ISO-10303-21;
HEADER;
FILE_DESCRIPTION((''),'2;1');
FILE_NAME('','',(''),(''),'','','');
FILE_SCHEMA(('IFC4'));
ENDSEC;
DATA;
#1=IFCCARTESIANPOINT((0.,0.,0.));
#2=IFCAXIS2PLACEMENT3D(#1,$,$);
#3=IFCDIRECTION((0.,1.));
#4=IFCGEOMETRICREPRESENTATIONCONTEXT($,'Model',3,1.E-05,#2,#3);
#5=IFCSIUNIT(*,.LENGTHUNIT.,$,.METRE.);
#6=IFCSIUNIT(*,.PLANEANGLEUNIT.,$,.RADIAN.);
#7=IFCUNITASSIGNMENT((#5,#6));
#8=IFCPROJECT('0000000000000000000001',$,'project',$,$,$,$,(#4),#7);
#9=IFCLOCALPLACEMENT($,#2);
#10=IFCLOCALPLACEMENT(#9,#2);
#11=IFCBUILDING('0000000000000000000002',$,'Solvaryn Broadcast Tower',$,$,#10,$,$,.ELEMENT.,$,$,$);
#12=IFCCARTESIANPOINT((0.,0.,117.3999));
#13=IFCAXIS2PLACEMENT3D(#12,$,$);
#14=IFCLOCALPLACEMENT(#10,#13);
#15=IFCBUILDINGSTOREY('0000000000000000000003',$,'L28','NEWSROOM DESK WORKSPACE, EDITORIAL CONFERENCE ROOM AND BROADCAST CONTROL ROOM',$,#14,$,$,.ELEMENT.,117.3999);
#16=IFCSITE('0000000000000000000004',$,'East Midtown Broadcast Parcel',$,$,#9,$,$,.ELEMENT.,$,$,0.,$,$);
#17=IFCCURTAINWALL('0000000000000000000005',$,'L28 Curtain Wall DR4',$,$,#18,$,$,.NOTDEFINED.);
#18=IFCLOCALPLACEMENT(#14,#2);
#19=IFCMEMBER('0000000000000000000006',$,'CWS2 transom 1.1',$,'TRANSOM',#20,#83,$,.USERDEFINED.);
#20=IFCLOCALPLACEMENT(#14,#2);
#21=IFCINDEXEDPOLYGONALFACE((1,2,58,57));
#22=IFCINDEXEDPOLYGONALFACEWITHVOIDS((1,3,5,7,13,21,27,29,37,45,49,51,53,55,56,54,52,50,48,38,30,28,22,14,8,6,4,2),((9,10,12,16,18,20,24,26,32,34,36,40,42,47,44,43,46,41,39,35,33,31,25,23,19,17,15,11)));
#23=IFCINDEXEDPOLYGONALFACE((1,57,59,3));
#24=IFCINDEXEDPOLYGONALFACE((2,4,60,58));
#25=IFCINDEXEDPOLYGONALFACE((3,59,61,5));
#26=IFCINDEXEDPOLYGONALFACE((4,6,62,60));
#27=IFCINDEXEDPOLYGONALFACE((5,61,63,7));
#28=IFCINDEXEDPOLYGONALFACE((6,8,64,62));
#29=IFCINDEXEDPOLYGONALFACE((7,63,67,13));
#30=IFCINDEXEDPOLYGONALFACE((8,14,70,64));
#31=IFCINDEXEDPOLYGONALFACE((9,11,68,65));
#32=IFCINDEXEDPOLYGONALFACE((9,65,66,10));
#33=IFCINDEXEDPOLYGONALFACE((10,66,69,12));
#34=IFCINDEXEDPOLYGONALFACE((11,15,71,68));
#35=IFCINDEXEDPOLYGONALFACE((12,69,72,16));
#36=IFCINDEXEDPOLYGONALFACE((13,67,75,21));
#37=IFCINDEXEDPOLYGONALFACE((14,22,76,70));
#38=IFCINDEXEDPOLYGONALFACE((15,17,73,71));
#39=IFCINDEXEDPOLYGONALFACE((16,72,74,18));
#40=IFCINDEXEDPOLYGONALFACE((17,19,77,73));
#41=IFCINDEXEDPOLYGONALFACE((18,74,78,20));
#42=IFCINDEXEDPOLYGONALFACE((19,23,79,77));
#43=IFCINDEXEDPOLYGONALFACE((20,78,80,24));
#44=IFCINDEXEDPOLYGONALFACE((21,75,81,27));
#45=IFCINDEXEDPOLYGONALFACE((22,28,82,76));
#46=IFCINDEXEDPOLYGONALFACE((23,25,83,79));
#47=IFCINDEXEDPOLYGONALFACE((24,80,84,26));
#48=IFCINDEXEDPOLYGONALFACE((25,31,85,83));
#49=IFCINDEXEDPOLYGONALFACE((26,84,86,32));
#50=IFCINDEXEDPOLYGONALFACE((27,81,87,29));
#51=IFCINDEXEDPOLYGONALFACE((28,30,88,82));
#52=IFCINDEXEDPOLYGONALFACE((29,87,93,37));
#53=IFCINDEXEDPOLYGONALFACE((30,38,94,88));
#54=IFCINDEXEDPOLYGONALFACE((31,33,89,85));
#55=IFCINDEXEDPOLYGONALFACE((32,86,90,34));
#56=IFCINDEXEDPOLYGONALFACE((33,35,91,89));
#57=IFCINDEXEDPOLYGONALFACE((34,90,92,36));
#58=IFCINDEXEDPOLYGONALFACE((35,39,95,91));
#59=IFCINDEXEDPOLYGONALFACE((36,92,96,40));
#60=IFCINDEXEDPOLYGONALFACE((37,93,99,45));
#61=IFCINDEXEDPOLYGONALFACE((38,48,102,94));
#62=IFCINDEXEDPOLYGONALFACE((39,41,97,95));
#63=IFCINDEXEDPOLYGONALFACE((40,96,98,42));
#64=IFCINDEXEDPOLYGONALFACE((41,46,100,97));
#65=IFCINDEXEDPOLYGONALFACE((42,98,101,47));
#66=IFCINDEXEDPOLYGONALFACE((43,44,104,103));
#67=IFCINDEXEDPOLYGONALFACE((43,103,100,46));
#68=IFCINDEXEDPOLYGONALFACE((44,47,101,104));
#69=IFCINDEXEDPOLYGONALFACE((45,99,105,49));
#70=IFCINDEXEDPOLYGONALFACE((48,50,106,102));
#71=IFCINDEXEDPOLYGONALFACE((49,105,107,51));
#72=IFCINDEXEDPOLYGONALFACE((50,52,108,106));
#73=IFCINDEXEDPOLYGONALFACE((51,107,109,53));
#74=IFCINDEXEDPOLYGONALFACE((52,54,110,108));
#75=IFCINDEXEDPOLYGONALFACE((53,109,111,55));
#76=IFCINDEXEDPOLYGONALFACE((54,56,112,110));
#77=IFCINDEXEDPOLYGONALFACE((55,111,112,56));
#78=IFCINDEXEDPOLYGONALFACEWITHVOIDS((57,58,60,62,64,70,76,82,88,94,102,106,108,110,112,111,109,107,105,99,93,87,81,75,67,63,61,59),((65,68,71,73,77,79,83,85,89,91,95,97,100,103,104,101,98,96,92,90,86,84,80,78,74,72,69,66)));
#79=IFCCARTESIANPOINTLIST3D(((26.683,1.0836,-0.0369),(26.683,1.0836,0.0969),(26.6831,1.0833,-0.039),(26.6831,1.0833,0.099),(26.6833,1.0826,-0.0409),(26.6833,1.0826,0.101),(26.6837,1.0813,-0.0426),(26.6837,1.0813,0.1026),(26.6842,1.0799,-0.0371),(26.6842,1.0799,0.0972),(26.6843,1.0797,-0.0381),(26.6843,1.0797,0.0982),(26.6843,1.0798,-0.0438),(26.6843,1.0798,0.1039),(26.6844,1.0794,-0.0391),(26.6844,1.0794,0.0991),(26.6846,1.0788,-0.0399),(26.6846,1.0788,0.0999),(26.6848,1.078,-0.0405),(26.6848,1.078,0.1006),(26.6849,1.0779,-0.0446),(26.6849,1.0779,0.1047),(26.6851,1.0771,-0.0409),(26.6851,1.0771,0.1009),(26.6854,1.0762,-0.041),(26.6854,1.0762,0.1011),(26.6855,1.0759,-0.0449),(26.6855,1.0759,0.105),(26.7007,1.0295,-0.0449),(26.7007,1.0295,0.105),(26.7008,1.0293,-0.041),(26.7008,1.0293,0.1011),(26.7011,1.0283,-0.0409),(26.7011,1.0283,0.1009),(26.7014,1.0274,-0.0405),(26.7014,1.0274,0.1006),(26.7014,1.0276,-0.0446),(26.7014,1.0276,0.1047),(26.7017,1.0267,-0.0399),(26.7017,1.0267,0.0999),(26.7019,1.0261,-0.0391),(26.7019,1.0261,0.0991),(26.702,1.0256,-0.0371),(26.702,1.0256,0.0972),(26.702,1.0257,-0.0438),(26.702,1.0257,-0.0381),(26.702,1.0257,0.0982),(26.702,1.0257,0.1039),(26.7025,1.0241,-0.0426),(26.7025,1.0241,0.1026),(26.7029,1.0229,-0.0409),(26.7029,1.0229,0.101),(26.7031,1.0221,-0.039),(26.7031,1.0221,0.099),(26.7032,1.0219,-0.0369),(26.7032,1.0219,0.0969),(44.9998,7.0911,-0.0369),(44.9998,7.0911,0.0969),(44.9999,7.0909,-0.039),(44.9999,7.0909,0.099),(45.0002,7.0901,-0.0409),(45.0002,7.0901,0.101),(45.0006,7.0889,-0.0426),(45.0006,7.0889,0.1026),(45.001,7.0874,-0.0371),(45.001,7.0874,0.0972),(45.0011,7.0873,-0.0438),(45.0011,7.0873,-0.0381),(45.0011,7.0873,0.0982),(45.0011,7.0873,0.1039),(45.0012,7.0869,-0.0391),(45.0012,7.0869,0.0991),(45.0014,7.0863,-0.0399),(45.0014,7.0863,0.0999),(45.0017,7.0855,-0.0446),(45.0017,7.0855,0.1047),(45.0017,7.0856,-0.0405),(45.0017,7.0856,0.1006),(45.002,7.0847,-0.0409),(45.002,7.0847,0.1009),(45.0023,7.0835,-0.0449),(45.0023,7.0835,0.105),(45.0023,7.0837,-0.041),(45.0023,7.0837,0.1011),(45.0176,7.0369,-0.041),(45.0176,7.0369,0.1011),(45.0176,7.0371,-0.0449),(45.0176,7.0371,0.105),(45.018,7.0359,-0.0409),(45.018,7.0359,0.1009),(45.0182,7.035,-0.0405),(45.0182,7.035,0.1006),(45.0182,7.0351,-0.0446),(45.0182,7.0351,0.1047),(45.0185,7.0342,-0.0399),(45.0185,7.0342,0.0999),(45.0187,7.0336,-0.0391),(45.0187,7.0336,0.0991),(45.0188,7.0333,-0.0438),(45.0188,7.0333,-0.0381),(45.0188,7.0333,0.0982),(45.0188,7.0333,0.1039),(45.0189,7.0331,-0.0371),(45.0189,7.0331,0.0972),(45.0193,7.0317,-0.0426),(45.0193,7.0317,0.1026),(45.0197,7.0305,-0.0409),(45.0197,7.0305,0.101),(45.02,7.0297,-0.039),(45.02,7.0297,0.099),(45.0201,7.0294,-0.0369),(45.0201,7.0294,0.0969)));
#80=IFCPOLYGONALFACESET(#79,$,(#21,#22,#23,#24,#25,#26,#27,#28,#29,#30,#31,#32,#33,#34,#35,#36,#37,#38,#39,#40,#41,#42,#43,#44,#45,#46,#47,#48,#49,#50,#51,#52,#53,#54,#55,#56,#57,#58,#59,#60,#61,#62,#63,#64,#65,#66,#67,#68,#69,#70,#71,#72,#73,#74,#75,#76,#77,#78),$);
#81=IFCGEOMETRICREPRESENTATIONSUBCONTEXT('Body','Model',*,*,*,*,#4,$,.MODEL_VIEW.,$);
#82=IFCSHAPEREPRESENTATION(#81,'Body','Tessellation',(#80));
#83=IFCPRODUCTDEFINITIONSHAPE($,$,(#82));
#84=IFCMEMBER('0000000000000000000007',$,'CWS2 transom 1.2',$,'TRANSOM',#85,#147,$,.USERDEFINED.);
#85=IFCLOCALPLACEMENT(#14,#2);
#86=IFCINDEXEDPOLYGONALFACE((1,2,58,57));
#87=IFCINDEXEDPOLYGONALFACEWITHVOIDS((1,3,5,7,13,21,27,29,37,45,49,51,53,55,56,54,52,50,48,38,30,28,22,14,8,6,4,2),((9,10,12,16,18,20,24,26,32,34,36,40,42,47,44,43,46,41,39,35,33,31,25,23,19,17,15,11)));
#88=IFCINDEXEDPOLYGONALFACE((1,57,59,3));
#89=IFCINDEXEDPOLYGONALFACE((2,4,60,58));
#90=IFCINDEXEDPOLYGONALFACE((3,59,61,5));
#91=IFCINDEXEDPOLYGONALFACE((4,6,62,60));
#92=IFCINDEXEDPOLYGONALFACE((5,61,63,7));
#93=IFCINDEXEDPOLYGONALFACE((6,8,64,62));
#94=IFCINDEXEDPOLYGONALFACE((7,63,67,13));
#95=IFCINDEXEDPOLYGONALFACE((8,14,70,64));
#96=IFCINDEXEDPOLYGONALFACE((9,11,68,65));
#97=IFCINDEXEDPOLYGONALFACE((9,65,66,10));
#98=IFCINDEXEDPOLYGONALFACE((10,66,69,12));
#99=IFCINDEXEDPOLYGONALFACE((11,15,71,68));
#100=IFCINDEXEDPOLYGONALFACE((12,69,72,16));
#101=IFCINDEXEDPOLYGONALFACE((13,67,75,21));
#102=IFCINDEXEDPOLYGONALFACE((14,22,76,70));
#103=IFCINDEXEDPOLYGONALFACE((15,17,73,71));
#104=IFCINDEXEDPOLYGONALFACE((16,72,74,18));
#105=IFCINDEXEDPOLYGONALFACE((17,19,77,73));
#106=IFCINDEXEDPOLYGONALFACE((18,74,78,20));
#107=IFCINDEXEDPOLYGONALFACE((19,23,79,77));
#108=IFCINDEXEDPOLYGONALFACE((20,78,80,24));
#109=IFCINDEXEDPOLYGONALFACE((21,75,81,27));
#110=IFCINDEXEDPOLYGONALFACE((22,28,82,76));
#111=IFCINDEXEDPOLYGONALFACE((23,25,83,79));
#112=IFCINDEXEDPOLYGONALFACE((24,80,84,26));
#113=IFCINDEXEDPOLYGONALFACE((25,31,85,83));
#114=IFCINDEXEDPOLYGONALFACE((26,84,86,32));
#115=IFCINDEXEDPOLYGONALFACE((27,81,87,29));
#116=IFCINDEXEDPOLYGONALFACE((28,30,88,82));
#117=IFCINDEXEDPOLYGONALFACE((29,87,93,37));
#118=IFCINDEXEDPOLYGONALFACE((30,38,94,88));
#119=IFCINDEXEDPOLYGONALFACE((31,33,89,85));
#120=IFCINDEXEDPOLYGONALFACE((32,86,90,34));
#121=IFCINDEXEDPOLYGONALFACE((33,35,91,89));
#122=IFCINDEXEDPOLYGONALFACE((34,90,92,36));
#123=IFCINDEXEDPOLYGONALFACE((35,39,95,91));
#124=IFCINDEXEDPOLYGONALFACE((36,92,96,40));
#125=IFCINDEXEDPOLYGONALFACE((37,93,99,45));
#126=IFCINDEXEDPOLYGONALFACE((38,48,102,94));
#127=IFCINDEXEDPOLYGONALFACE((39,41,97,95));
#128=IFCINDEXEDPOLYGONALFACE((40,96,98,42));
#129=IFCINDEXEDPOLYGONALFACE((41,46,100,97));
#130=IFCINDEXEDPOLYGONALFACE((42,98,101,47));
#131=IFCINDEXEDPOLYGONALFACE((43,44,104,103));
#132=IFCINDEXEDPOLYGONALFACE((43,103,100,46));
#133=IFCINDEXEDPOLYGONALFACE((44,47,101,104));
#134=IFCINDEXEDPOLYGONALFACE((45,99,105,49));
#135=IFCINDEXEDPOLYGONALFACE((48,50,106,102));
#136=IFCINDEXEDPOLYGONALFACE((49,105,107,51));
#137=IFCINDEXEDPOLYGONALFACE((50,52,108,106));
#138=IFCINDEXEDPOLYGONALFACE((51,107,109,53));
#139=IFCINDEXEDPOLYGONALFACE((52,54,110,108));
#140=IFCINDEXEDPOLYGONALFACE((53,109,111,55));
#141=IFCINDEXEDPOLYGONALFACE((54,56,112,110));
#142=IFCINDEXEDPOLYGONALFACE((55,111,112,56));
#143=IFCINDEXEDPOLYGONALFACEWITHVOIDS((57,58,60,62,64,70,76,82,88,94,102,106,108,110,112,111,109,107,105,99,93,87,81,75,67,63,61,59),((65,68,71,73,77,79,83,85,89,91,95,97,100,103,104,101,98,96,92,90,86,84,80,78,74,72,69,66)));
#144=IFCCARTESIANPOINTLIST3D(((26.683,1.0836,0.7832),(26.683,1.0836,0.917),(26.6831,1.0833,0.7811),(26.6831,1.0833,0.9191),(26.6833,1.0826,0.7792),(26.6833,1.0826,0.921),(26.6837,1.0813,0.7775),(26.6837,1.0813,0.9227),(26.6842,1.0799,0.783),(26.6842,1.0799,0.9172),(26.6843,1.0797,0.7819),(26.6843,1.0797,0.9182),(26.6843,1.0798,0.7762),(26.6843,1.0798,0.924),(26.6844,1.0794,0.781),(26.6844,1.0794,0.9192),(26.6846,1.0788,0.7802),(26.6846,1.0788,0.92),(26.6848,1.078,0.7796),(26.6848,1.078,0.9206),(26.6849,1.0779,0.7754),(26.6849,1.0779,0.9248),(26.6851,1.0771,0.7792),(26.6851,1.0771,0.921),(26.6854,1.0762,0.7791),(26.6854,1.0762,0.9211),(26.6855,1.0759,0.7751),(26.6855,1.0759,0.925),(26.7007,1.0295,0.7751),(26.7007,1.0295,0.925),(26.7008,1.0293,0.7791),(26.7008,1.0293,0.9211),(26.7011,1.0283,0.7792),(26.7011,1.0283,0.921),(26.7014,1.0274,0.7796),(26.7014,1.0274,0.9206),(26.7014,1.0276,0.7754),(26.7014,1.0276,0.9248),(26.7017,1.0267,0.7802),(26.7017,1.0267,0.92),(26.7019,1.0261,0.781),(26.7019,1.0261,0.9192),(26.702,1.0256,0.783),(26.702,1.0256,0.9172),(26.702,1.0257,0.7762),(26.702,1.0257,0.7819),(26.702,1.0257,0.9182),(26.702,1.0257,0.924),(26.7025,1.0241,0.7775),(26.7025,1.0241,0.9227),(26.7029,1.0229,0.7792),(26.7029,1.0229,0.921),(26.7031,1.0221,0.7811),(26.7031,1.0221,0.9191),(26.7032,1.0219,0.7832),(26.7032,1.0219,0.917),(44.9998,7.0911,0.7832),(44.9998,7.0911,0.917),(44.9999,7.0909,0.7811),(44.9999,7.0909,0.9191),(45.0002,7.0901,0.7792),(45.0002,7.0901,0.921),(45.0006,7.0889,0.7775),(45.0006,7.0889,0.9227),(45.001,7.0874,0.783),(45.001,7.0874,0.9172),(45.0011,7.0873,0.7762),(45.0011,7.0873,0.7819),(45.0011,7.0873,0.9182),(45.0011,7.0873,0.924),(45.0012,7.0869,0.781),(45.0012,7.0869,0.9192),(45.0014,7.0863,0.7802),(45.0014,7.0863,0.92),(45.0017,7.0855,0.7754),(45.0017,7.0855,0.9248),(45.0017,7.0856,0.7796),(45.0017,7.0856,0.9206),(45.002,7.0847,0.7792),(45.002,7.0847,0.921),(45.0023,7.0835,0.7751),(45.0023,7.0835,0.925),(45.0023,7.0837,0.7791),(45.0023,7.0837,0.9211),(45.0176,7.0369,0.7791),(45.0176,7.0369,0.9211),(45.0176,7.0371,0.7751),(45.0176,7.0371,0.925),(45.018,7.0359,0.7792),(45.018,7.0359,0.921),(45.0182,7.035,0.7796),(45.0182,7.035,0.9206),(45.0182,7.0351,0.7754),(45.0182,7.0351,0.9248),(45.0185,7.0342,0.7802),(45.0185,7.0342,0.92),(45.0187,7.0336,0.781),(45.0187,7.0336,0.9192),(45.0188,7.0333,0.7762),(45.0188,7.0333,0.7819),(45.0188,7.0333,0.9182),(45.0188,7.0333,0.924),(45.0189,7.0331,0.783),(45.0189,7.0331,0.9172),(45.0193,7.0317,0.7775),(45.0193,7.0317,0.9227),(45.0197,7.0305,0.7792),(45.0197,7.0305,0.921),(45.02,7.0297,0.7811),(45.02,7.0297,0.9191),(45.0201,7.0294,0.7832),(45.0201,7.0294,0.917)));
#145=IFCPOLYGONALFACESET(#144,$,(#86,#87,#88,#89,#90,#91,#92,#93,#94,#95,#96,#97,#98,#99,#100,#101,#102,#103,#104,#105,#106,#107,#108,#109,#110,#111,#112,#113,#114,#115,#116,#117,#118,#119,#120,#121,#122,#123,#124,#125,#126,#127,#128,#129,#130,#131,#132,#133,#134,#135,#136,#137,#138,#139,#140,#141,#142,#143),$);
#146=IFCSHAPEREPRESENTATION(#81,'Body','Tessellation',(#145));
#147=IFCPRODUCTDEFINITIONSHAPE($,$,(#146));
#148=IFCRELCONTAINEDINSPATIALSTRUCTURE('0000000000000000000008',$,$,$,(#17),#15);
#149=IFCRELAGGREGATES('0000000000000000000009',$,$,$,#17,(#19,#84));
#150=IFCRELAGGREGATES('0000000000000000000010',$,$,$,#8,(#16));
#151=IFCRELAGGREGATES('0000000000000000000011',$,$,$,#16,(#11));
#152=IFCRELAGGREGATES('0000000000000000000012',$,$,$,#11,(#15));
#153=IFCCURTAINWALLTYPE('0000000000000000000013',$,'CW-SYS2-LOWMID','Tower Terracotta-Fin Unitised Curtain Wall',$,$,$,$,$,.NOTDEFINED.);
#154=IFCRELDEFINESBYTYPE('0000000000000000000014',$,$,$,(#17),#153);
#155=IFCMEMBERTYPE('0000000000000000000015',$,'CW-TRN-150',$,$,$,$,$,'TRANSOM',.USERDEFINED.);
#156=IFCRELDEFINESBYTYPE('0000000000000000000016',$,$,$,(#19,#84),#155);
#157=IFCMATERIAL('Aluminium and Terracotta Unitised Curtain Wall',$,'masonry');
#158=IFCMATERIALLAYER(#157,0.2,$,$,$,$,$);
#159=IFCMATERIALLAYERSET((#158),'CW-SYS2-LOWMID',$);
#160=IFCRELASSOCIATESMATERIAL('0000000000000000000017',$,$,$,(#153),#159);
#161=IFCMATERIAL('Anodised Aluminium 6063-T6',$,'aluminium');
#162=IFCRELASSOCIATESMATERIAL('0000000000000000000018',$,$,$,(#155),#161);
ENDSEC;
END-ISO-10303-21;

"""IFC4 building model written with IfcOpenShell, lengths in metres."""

from ifc_helpers import new_model, si_unit, direction, frame, origin, origin_2d, place, context, subcontext, project, spatial, hollow_rectangle, extrude, material, layer, layer_set, material_profile, profile_set, type_object, element, aggregate, save


model = new_model("IFC4")

# Units and contexts
model_context = context("Model", 3, precision=1e-05, world=origin(), true_north=direction((0.0, 1.0)))
body_context = subcontext(model_context, "Body", "Model", "MODEL_VIEW")
ifc_project = project(units=[si_unit("LENGTHUNIT", "METRE"), si_unit("PLANEANGLEUNIT", "RADIAN")], contexts=[model_context])

# Site, building, storey
site_placement = place(None, origin())
site = spatial("IfcSite", under=ifc_project, at=site_placement, Name="East Midtown Broadcast Parcel", CompositionType="ELEMENT", RefElevation=0.0)
building_placement = place(site_placement, origin())
building = spatial("IfcBuilding", under=site, at=building_placement, Name="Solvaryn Broadcast Tower", CompositionType="ELEMENT")
storey_placement = place(building_placement, frame((0.0, 0.0, 117.3999)))
storey = spatial("IfcBuildingStorey", under=building, at=storey_placement, Name="L28", Description="NEWSROOM DESK WORKSPACE, EDITORIAL CONFERENCE ROOM AND BROADCAST CONTROL ROOM", CompositionType="ELEMENT", Elevation=117.3999)

# Shared definitions
ifc_material_1 = material(Name="Aluminium and Terracotta Unitised Curtain Wall", Category="masonry")
ifc_layer_1 = layer(ifc_material_1, 0.2)
ifc_layer_set_1 = layer_set([ifc_layer_1], Name="CW-SYS2-LOWMID")
curtain_wall_type = type_object("IfcCurtainWallType", Name="CW-SYS2-LOWMID", Description="Tower Terracotta-Fin Unitised Curtain Wall", PredefinedType="NOTDEFINED", material=ifc_layer_set_1)

# Curtain wall, members
curtain_wall_1_placement = place(storey_placement, origin())
curtain_wall_1 = element("IfcCurtainWall", 1, at=curtain_wall_1_placement, inside=storey, type_object=curtain_wall_type, Name="L28 Curtain Wall DR4", PredefinedType="NOTDEFINED")
ifc_material_2 = material(Name="Anodised Aluminium 6063-T6", Category="aluminium")
ifc_material_profile_1 = material_profile(ifc_material_2, hollow_rectangle(XDim=0.0649, YDim=0.1499, WallThickness=0.0039, InnerFilletRadius=0.0039, OuterFilletRadius=0.0081, at=origin_2d()))
ifc_profile_set_1 = profile_set([ifc_material_profile_1], Name="Anodised Aluminium 6063-T6")
member_type_1 = type_object("IfcMemberType", Name="CW-TRN-150", ElementType="TRANSOM", PredefinedType="USERDEFINED", material=ifc_profile_set_1)
member_1_placement = place(storey_placement, frame((26.6931, 1.0527, 0.03), z_axis=(0.950198, 0.311646, 0.0), x_axis=(-0.311646, 0.950198, 0.0)))
member_1 = element("IfcMember", 2, at=member_1_placement, type_object=member_type_1, Name="CWS2 transom 1.1", ObjectType="TRANSOM", PredefinedType="USERDEFINED", context=body_context, shape_type="SweptSolid", body=[
    extrude(hollow_rectangle(XDim=0.0649, YDim=0.1499, WallThickness=0.0039, InnerFilletRadius=0.0039, OuterFilletRadius=0.0081, at=origin_2d()), origin(), (0.0, 0.0, 1.0), 19.2769),
])
member_2_placement = place(storey_placement, frame((26.6931, 1.0527, 0.8501), z_axis=(0.950198, 0.311646, 0.0), x_axis=(-0.311646, 0.950198, 0.0)))
member_2 = element("IfcMember", 3, at=member_2_placement, type_object=member_type_1, Name="CWS2 transom 1.2", ObjectType="TRANSOM", PredefinedType="USERDEFINED", context=body_context, shape_type="SweptSolid", body=[
    extrude(hollow_rectangle(XDim=0.0649, YDim=0.1499, WallThickness=0.0039, InnerFilletRadius=0.0039, OuterFilletRadius=0.0081, at=origin_2d()), origin(), (0.0, 0.0, 1.0), 19.2769),
])
aggregate(curtain_wall_1, [member_1, member_2])

save(model, "model.ifc")
